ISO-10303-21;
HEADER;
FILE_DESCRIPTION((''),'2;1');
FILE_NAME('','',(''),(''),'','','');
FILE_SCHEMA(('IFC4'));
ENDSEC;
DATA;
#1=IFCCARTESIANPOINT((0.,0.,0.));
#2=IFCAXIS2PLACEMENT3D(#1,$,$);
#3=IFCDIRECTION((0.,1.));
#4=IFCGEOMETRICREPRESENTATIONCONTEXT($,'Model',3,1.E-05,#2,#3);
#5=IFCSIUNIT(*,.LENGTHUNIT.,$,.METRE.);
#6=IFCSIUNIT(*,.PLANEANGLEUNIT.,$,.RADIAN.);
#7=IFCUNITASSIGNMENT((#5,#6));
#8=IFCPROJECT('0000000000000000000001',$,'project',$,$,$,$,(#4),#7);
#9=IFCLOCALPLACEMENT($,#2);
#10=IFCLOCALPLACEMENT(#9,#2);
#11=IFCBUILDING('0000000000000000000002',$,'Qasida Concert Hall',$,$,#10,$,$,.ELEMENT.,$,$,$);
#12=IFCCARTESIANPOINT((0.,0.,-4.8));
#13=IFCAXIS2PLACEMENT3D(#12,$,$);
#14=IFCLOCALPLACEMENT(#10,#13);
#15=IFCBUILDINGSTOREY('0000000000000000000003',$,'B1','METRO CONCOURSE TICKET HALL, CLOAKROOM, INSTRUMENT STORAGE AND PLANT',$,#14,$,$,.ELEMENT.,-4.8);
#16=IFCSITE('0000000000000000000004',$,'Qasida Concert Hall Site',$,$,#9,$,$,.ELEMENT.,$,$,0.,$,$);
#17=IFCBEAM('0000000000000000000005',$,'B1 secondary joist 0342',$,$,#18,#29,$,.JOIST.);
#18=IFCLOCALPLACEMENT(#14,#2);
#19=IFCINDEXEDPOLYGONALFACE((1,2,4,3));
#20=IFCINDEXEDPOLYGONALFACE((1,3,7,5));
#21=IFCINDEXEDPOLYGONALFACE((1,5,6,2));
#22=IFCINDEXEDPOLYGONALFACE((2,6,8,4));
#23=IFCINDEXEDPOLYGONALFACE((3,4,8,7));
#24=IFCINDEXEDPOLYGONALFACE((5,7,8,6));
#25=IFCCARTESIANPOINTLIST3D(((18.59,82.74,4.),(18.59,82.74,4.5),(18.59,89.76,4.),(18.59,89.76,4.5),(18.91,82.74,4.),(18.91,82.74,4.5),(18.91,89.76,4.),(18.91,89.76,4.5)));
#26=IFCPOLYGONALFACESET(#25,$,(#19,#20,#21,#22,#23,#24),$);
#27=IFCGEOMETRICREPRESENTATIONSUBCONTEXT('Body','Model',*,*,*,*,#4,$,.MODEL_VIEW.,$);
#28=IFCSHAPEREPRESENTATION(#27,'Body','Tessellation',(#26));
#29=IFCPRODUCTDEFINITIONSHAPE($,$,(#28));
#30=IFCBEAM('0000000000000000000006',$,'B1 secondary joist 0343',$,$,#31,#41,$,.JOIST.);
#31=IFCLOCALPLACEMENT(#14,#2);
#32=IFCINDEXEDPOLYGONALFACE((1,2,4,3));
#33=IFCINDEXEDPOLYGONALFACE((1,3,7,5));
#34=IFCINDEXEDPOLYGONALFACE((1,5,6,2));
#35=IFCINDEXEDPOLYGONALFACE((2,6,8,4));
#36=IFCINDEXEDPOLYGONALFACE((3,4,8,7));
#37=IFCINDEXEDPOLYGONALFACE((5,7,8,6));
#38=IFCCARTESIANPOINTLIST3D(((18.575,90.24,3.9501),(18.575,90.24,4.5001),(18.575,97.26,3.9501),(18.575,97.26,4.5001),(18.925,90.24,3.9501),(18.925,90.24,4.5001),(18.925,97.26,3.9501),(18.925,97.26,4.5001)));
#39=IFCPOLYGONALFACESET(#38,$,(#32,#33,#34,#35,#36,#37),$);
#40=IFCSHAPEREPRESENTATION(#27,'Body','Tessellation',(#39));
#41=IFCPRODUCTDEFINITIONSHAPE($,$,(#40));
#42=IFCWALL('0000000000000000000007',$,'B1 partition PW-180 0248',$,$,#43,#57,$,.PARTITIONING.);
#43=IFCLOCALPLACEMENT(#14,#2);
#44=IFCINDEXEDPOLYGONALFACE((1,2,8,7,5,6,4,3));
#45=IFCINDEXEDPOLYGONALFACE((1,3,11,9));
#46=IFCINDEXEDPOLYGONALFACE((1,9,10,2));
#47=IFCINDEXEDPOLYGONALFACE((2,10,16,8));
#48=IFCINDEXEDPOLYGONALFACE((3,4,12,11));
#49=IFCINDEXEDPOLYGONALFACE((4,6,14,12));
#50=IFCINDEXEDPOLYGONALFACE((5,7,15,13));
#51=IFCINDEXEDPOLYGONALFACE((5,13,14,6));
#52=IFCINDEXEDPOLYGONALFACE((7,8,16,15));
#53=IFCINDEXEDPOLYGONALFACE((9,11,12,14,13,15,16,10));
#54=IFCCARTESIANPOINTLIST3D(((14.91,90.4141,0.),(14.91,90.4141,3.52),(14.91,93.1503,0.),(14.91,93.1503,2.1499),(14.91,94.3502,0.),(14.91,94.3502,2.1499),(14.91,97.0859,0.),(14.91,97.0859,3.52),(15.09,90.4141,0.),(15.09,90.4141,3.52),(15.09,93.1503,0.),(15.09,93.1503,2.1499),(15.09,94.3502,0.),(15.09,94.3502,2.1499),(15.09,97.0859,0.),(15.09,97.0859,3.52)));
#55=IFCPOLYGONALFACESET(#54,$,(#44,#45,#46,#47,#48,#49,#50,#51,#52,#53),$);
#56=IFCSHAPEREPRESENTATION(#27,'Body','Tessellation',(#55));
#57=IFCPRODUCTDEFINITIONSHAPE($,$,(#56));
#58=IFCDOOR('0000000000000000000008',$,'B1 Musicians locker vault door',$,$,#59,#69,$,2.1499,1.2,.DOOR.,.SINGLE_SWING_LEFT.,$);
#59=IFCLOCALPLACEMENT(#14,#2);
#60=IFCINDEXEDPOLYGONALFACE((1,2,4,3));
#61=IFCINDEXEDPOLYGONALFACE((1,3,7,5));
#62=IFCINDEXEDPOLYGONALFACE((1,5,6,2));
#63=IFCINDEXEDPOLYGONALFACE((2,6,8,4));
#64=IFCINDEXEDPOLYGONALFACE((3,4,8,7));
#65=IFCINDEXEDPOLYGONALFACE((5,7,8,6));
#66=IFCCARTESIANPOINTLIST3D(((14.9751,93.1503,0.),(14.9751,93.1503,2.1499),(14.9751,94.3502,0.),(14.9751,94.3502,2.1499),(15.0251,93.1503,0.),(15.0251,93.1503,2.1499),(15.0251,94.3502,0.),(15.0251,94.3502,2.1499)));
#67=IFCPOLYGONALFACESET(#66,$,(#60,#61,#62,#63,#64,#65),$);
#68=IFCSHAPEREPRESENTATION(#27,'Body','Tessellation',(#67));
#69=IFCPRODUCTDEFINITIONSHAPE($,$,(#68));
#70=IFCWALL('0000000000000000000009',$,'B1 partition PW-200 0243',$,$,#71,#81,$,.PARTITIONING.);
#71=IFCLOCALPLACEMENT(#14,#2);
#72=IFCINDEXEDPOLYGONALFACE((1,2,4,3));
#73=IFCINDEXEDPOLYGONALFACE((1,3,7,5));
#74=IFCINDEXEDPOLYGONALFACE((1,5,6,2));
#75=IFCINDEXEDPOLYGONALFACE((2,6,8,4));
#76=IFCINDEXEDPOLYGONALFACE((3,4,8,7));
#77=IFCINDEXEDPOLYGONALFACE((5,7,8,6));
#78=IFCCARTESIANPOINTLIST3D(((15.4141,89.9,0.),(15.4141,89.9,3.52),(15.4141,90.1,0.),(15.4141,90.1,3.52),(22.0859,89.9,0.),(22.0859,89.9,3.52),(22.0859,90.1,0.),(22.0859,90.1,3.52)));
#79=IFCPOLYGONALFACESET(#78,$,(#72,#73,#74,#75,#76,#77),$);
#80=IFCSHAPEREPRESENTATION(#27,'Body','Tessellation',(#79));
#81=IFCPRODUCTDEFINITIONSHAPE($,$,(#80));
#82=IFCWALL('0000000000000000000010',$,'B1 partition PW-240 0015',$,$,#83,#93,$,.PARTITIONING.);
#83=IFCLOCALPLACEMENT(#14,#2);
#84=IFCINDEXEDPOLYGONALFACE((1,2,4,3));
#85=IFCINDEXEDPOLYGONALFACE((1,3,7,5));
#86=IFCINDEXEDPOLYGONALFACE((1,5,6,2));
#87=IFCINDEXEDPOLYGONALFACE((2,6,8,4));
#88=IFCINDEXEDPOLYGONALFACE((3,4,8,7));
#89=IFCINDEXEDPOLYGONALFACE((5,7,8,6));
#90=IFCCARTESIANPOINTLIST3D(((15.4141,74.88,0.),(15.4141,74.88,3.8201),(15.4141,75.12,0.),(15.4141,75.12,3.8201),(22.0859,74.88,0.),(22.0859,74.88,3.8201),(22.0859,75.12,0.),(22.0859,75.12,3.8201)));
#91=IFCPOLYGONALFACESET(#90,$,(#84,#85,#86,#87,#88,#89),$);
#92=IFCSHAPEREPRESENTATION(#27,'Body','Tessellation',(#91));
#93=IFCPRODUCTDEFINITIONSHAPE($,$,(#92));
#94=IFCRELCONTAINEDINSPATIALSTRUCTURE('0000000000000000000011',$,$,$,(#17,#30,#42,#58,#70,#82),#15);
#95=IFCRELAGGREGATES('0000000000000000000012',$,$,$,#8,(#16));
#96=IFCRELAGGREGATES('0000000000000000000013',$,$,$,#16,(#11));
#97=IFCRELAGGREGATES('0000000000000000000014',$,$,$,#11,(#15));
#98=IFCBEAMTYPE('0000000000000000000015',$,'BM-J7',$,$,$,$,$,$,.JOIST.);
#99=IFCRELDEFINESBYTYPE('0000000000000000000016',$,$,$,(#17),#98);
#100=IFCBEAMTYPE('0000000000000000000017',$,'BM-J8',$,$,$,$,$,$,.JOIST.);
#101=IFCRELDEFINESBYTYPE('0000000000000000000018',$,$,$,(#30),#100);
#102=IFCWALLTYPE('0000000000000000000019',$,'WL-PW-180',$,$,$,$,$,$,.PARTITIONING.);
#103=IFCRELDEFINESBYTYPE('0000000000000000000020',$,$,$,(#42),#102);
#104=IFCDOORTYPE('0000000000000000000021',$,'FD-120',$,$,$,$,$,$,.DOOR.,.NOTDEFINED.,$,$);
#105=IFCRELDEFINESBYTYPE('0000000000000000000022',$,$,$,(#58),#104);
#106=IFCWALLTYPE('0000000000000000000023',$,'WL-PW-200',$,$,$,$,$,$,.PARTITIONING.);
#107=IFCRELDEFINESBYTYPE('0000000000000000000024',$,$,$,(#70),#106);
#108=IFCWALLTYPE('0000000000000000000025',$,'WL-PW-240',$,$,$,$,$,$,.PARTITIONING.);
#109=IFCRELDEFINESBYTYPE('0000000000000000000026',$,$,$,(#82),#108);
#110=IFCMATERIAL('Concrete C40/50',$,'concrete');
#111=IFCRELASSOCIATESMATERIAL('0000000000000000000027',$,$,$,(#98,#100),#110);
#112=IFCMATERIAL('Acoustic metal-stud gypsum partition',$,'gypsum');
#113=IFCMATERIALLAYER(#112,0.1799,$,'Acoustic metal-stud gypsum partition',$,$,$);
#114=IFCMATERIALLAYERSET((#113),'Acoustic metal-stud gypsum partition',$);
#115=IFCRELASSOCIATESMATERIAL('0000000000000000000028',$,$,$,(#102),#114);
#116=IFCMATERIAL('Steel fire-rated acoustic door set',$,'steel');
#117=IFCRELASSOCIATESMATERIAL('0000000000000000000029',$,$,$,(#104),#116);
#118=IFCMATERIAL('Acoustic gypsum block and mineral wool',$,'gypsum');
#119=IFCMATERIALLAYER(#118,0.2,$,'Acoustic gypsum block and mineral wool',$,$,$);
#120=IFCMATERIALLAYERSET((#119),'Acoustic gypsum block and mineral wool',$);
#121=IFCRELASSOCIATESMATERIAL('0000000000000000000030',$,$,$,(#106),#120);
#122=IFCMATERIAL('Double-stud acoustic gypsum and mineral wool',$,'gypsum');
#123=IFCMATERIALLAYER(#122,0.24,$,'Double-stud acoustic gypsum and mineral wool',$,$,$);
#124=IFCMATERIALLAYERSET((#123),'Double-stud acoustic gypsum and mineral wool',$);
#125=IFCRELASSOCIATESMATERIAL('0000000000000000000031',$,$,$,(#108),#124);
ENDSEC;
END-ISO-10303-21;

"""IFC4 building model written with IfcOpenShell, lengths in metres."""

from ifc_helpers import new_model, si_unit, direction, frame, frame_2d, origin, origin_2d, place, context, subcontext, project, spatial, rectangle, extrude, material, layer, layer_set, material_profile, profile_set, type_object, element, fill, save


model = new_model("IFC4")

# Units and contexts
model_context = context("Model", 3, precision=1e-05, world=origin(), true_north=direction((0.0, 1.0)))
body_context = subcontext(model_context, "Body", "Model", "MODEL_VIEW")
ifc_project = project(units=[si_unit("LENGTHUNIT", "METRE"), si_unit("PLANEANGLEUNIT", "RADIAN")], contexts=[model_context])

# Site, building, storey
site_placement = place(None, origin())
site = spatial("IfcSite", under=ifc_project, at=site_placement, Name="Qasida Concert Hall Site", CompositionType="ELEMENT", RefElevation=0.0)
building_placement = place(site_placement, origin())
building = spatial("IfcBuilding", under=site, at=building_placement, Name="Qasida Concert Hall", CompositionType="ELEMENT")
storey_placement = place(building_placement, frame((0.0, 0.0, -4.8)))
storey = spatial("IfcBuildingStorey", under=building, at=storey_placement, Name="B1", Description="METRO CONCOURSE TICKET HALL, CLOAKROOM, INSTRUMENT STORAGE AND PLANT", CompositionType="ELEMENT", Elevation=-4.8)

# Shared definitions
ifc_material_1 = material(Name="Concrete C40/50", Category="concrete")

# Beams
ifc_material_profile_1 = material_profile(ifc_material_1, rectangle(XDim=0.3201, YDim=0.5, at=origin_2d()), Name="RC 320x500")
ifc_profile_set_1 = profile_set([ifc_material_profile_1], Name="Concrete C40/50")
beam_type_1 = type_object("IfcBeamType", Name="BM-J7", PredefinedType="JOIST", material=ifc_profile_set_1)
beam_1_placement = place(storey_placement, frame((18.75, 82.74, 4.25), z_axis=(0.0, 1.0, 0.0), x_axis=(-1.0, 0.0, 0.0)))
element("IfcBeam", 1, at=beam_1_placement, inside=storey, type_object=beam_type_1, Name="B1 secondary joist 0342", PredefinedType="JOIST", context=body_context, shape_type="SweptSolid", body=[
    extrude(rectangle(XDim=0.3201, YDim=0.5, at=origin_2d()), origin(), (0.0, 0.0, 1.0), 7.02),
])
ifc_material_profile_2 = material_profile(ifc_material_1, rectangle(XDim=0.3501, YDim=0.55, at=origin_2d()), Name="RC 350x550")
ifc_profile_set_2 = profile_set([ifc_material_profile_2], Name="Concrete C40/50")
beam_type_2 = type_object("IfcBeamType", Name="BM-J8", PredefinedType="JOIST", material=ifc_profile_set_2)
beam_2_placement = place(storey_placement, frame((18.75, 90.24, 4.2251), z_axis=(0.0, 1.0, 0.0), x_axis=(-1.0, 0.0, 0.0)))
element("IfcBeam", 2, at=beam_2_placement, inside=storey, type_object=beam_type_2, Name="B1 secondary joist 0343", PredefinedType="JOIST", context=body_context, shape_type="SweptSolid", body=[
    extrude(rectangle(XDim=0.3501, YDim=0.55, at=origin_2d()), origin(), (0.0, 0.0, 1.0), 7.02),
])

# Wall, opening, door
ifc_material_2 = material(Name="Acoustic metal-stud gypsum partition", Category="gypsum")
ifc_layer_1 = layer(ifc_material_2, 0.1799, Name="Acoustic metal-stud gypsum partition")
ifc_layer_set_1 = layer_set([ifc_layer_1], Name="Acoustic metal-stud gypsum partition")
wall_type_1 = type_object("IfcWallType", Name="WL-PW-180", PredefinedType="PARTITIONING", material=ifc_layer_set_1)
wall_1_placement = place(storey_placement, frame((15.0, 90.4141, 0.0), z_axis=(0.0, 0.0, 1.0), x_axis=(0.0, 1.0, 0.0)))
wall_1 = element("IfcWall", 3, at=wall_1_placement, inside=storey, type_object=wall_type_1, Name="B1 partition PW-180 0248", PredefinedType="PARTITIONING", context=body_context, shape_type="SweptSolid", body=[
    extrude(rectangle(XDim=6.6719, YDim=0.1799, at=frame_2d((3.3359, 0.0))), origin(), (0.0, 0.0, 1.0), 3.52),
])
opening_1_placement = place(wall_1_placement, frame((2.7361, 0.0, 0.0)))
opening_1 = element("IfcOpeningElement", 4, at=opening_1_placement, cuts=wall_1, PredefinedType="OPENING", context=body_context, shape_type="SweptSolid", body=[
    extrude(rectangle(XDim=1.2, YDim=2.1499, at=frame_2d((0.6001, 1.075))), frame((0.0, 0.0999, 0.0), z_axis=(0.0, -1.0, 0.0), x_axis=(1.0, 0.0, 0.0)), (0.0, 0.0, 1.0), 0.2),
])
ifc_material_3 = material(Name="Steel fire-rated acoustic door set", Category="steel")
door_type_1 = type_object("IfcDoorType", Name="FD-120", OperationType="NOTDEFINED", PredefinedType="DOOR", material=ifc_material_3)
door_1_placement = place(opening_1_placement, origin())
door_1 = element("IfcDoor", 5, at=door_1_placement, inside=storey, type_object=door_type_1, Name="B1 Musicians locker vault door", OperationType="SINGLE_SWING_LEFT", OverallHeight=2.1499, OverallWidth=1.2, PredefinedType="DOOR", context=body_context, shape_type="SweptSolid", body=[
    extrude(rectangle(XDim=1.2, YDim=2.1499, at=frame_2d((0.6001, 1.075))), frame((0.0, 0.0249, 0.0), z_axis=(0.0, -1.0, 0.0), x_axis=(1.0, 0.0, 0.0)), (0.0, 0.0, 1.0), 0.05),
])
fill(opening_1, door_1)

# Walls
ifc_material_4 = material(Name="Acoustic gypsum block and mineral wool", Category="gypsum")
ifc_layer_2 = layer(ifc_material_4, 0.2, Name="Acoustic gypsum block and mineral wool")
ifc_layer_set_2 = layer_set([ifc_layer_2], Name="Acoustic gypsum block and mineral wool")
wall_type_2 = type_object("IfcWallType", Name="WL-PW-200", PredefinedType="PARTITIONING", material=ifc_layer_set_2)
wall_2_placement = place(storey_placement, frame((15.4141, 90.0, 0.0), z_axis=(0.0, 0.0, 1.0), x_axis=(1.0, 0.0, 0.0)))
element("IfcWall", 6, at=wall_2_placement, inside=storey, type_object=wall_type_2, Name="B1 partition PW-200 0243", PredefinedType="PARTITIONING", context=body_context, shape_type="SweptSolid", body=[
    extrude(rectangle(XDim=6.6719, YDim=0.2, at=frame_2d((3.3359, 0.0))), origin(), (0.0, 0.0, 1.0), 3.52),
])
ifc_material_5 = material(Name="Double-stud acoustic gypsum and mineral wool", Category="gypsum")
ifc_layer_3 = layer(ifc_material_5, 0.24, Name="Double-stud acoustic gypsum and mineral wool")
ifc_layer_set_3 = layer_set([ifc_layer_3], Name="Double-stud acoustic gypsum and mineral wool")
wall_type_3 = type_object("IfcWallType", Name="WL-PW-240", PredefinedType="PARTITIONING", material=ifc_layer_set_3)
wall_3_placement = place(storey_placement, frame((15.4141, 75.0, 0.0), z_axis=(0.0, 0.0, 1.0), x_axis=(1.0, 0.0, 0.0)))
element("IfcWall", 7, at=wall_3_placement, inside=storey, type_object=wall_type_3, Name="B1 partition PW-240 0015", PredefinedType="PARTITIONING", context=body_context, shape_type="SweptSolid", body=[
    extrude(rectangle(XDim=6.6719, YDim=0.24, at=frame_2d((3.3359, 0.0))), origin(), (0.0, 0.0, 1.0), 3.8201),
])

save(model, "model.ifc")
